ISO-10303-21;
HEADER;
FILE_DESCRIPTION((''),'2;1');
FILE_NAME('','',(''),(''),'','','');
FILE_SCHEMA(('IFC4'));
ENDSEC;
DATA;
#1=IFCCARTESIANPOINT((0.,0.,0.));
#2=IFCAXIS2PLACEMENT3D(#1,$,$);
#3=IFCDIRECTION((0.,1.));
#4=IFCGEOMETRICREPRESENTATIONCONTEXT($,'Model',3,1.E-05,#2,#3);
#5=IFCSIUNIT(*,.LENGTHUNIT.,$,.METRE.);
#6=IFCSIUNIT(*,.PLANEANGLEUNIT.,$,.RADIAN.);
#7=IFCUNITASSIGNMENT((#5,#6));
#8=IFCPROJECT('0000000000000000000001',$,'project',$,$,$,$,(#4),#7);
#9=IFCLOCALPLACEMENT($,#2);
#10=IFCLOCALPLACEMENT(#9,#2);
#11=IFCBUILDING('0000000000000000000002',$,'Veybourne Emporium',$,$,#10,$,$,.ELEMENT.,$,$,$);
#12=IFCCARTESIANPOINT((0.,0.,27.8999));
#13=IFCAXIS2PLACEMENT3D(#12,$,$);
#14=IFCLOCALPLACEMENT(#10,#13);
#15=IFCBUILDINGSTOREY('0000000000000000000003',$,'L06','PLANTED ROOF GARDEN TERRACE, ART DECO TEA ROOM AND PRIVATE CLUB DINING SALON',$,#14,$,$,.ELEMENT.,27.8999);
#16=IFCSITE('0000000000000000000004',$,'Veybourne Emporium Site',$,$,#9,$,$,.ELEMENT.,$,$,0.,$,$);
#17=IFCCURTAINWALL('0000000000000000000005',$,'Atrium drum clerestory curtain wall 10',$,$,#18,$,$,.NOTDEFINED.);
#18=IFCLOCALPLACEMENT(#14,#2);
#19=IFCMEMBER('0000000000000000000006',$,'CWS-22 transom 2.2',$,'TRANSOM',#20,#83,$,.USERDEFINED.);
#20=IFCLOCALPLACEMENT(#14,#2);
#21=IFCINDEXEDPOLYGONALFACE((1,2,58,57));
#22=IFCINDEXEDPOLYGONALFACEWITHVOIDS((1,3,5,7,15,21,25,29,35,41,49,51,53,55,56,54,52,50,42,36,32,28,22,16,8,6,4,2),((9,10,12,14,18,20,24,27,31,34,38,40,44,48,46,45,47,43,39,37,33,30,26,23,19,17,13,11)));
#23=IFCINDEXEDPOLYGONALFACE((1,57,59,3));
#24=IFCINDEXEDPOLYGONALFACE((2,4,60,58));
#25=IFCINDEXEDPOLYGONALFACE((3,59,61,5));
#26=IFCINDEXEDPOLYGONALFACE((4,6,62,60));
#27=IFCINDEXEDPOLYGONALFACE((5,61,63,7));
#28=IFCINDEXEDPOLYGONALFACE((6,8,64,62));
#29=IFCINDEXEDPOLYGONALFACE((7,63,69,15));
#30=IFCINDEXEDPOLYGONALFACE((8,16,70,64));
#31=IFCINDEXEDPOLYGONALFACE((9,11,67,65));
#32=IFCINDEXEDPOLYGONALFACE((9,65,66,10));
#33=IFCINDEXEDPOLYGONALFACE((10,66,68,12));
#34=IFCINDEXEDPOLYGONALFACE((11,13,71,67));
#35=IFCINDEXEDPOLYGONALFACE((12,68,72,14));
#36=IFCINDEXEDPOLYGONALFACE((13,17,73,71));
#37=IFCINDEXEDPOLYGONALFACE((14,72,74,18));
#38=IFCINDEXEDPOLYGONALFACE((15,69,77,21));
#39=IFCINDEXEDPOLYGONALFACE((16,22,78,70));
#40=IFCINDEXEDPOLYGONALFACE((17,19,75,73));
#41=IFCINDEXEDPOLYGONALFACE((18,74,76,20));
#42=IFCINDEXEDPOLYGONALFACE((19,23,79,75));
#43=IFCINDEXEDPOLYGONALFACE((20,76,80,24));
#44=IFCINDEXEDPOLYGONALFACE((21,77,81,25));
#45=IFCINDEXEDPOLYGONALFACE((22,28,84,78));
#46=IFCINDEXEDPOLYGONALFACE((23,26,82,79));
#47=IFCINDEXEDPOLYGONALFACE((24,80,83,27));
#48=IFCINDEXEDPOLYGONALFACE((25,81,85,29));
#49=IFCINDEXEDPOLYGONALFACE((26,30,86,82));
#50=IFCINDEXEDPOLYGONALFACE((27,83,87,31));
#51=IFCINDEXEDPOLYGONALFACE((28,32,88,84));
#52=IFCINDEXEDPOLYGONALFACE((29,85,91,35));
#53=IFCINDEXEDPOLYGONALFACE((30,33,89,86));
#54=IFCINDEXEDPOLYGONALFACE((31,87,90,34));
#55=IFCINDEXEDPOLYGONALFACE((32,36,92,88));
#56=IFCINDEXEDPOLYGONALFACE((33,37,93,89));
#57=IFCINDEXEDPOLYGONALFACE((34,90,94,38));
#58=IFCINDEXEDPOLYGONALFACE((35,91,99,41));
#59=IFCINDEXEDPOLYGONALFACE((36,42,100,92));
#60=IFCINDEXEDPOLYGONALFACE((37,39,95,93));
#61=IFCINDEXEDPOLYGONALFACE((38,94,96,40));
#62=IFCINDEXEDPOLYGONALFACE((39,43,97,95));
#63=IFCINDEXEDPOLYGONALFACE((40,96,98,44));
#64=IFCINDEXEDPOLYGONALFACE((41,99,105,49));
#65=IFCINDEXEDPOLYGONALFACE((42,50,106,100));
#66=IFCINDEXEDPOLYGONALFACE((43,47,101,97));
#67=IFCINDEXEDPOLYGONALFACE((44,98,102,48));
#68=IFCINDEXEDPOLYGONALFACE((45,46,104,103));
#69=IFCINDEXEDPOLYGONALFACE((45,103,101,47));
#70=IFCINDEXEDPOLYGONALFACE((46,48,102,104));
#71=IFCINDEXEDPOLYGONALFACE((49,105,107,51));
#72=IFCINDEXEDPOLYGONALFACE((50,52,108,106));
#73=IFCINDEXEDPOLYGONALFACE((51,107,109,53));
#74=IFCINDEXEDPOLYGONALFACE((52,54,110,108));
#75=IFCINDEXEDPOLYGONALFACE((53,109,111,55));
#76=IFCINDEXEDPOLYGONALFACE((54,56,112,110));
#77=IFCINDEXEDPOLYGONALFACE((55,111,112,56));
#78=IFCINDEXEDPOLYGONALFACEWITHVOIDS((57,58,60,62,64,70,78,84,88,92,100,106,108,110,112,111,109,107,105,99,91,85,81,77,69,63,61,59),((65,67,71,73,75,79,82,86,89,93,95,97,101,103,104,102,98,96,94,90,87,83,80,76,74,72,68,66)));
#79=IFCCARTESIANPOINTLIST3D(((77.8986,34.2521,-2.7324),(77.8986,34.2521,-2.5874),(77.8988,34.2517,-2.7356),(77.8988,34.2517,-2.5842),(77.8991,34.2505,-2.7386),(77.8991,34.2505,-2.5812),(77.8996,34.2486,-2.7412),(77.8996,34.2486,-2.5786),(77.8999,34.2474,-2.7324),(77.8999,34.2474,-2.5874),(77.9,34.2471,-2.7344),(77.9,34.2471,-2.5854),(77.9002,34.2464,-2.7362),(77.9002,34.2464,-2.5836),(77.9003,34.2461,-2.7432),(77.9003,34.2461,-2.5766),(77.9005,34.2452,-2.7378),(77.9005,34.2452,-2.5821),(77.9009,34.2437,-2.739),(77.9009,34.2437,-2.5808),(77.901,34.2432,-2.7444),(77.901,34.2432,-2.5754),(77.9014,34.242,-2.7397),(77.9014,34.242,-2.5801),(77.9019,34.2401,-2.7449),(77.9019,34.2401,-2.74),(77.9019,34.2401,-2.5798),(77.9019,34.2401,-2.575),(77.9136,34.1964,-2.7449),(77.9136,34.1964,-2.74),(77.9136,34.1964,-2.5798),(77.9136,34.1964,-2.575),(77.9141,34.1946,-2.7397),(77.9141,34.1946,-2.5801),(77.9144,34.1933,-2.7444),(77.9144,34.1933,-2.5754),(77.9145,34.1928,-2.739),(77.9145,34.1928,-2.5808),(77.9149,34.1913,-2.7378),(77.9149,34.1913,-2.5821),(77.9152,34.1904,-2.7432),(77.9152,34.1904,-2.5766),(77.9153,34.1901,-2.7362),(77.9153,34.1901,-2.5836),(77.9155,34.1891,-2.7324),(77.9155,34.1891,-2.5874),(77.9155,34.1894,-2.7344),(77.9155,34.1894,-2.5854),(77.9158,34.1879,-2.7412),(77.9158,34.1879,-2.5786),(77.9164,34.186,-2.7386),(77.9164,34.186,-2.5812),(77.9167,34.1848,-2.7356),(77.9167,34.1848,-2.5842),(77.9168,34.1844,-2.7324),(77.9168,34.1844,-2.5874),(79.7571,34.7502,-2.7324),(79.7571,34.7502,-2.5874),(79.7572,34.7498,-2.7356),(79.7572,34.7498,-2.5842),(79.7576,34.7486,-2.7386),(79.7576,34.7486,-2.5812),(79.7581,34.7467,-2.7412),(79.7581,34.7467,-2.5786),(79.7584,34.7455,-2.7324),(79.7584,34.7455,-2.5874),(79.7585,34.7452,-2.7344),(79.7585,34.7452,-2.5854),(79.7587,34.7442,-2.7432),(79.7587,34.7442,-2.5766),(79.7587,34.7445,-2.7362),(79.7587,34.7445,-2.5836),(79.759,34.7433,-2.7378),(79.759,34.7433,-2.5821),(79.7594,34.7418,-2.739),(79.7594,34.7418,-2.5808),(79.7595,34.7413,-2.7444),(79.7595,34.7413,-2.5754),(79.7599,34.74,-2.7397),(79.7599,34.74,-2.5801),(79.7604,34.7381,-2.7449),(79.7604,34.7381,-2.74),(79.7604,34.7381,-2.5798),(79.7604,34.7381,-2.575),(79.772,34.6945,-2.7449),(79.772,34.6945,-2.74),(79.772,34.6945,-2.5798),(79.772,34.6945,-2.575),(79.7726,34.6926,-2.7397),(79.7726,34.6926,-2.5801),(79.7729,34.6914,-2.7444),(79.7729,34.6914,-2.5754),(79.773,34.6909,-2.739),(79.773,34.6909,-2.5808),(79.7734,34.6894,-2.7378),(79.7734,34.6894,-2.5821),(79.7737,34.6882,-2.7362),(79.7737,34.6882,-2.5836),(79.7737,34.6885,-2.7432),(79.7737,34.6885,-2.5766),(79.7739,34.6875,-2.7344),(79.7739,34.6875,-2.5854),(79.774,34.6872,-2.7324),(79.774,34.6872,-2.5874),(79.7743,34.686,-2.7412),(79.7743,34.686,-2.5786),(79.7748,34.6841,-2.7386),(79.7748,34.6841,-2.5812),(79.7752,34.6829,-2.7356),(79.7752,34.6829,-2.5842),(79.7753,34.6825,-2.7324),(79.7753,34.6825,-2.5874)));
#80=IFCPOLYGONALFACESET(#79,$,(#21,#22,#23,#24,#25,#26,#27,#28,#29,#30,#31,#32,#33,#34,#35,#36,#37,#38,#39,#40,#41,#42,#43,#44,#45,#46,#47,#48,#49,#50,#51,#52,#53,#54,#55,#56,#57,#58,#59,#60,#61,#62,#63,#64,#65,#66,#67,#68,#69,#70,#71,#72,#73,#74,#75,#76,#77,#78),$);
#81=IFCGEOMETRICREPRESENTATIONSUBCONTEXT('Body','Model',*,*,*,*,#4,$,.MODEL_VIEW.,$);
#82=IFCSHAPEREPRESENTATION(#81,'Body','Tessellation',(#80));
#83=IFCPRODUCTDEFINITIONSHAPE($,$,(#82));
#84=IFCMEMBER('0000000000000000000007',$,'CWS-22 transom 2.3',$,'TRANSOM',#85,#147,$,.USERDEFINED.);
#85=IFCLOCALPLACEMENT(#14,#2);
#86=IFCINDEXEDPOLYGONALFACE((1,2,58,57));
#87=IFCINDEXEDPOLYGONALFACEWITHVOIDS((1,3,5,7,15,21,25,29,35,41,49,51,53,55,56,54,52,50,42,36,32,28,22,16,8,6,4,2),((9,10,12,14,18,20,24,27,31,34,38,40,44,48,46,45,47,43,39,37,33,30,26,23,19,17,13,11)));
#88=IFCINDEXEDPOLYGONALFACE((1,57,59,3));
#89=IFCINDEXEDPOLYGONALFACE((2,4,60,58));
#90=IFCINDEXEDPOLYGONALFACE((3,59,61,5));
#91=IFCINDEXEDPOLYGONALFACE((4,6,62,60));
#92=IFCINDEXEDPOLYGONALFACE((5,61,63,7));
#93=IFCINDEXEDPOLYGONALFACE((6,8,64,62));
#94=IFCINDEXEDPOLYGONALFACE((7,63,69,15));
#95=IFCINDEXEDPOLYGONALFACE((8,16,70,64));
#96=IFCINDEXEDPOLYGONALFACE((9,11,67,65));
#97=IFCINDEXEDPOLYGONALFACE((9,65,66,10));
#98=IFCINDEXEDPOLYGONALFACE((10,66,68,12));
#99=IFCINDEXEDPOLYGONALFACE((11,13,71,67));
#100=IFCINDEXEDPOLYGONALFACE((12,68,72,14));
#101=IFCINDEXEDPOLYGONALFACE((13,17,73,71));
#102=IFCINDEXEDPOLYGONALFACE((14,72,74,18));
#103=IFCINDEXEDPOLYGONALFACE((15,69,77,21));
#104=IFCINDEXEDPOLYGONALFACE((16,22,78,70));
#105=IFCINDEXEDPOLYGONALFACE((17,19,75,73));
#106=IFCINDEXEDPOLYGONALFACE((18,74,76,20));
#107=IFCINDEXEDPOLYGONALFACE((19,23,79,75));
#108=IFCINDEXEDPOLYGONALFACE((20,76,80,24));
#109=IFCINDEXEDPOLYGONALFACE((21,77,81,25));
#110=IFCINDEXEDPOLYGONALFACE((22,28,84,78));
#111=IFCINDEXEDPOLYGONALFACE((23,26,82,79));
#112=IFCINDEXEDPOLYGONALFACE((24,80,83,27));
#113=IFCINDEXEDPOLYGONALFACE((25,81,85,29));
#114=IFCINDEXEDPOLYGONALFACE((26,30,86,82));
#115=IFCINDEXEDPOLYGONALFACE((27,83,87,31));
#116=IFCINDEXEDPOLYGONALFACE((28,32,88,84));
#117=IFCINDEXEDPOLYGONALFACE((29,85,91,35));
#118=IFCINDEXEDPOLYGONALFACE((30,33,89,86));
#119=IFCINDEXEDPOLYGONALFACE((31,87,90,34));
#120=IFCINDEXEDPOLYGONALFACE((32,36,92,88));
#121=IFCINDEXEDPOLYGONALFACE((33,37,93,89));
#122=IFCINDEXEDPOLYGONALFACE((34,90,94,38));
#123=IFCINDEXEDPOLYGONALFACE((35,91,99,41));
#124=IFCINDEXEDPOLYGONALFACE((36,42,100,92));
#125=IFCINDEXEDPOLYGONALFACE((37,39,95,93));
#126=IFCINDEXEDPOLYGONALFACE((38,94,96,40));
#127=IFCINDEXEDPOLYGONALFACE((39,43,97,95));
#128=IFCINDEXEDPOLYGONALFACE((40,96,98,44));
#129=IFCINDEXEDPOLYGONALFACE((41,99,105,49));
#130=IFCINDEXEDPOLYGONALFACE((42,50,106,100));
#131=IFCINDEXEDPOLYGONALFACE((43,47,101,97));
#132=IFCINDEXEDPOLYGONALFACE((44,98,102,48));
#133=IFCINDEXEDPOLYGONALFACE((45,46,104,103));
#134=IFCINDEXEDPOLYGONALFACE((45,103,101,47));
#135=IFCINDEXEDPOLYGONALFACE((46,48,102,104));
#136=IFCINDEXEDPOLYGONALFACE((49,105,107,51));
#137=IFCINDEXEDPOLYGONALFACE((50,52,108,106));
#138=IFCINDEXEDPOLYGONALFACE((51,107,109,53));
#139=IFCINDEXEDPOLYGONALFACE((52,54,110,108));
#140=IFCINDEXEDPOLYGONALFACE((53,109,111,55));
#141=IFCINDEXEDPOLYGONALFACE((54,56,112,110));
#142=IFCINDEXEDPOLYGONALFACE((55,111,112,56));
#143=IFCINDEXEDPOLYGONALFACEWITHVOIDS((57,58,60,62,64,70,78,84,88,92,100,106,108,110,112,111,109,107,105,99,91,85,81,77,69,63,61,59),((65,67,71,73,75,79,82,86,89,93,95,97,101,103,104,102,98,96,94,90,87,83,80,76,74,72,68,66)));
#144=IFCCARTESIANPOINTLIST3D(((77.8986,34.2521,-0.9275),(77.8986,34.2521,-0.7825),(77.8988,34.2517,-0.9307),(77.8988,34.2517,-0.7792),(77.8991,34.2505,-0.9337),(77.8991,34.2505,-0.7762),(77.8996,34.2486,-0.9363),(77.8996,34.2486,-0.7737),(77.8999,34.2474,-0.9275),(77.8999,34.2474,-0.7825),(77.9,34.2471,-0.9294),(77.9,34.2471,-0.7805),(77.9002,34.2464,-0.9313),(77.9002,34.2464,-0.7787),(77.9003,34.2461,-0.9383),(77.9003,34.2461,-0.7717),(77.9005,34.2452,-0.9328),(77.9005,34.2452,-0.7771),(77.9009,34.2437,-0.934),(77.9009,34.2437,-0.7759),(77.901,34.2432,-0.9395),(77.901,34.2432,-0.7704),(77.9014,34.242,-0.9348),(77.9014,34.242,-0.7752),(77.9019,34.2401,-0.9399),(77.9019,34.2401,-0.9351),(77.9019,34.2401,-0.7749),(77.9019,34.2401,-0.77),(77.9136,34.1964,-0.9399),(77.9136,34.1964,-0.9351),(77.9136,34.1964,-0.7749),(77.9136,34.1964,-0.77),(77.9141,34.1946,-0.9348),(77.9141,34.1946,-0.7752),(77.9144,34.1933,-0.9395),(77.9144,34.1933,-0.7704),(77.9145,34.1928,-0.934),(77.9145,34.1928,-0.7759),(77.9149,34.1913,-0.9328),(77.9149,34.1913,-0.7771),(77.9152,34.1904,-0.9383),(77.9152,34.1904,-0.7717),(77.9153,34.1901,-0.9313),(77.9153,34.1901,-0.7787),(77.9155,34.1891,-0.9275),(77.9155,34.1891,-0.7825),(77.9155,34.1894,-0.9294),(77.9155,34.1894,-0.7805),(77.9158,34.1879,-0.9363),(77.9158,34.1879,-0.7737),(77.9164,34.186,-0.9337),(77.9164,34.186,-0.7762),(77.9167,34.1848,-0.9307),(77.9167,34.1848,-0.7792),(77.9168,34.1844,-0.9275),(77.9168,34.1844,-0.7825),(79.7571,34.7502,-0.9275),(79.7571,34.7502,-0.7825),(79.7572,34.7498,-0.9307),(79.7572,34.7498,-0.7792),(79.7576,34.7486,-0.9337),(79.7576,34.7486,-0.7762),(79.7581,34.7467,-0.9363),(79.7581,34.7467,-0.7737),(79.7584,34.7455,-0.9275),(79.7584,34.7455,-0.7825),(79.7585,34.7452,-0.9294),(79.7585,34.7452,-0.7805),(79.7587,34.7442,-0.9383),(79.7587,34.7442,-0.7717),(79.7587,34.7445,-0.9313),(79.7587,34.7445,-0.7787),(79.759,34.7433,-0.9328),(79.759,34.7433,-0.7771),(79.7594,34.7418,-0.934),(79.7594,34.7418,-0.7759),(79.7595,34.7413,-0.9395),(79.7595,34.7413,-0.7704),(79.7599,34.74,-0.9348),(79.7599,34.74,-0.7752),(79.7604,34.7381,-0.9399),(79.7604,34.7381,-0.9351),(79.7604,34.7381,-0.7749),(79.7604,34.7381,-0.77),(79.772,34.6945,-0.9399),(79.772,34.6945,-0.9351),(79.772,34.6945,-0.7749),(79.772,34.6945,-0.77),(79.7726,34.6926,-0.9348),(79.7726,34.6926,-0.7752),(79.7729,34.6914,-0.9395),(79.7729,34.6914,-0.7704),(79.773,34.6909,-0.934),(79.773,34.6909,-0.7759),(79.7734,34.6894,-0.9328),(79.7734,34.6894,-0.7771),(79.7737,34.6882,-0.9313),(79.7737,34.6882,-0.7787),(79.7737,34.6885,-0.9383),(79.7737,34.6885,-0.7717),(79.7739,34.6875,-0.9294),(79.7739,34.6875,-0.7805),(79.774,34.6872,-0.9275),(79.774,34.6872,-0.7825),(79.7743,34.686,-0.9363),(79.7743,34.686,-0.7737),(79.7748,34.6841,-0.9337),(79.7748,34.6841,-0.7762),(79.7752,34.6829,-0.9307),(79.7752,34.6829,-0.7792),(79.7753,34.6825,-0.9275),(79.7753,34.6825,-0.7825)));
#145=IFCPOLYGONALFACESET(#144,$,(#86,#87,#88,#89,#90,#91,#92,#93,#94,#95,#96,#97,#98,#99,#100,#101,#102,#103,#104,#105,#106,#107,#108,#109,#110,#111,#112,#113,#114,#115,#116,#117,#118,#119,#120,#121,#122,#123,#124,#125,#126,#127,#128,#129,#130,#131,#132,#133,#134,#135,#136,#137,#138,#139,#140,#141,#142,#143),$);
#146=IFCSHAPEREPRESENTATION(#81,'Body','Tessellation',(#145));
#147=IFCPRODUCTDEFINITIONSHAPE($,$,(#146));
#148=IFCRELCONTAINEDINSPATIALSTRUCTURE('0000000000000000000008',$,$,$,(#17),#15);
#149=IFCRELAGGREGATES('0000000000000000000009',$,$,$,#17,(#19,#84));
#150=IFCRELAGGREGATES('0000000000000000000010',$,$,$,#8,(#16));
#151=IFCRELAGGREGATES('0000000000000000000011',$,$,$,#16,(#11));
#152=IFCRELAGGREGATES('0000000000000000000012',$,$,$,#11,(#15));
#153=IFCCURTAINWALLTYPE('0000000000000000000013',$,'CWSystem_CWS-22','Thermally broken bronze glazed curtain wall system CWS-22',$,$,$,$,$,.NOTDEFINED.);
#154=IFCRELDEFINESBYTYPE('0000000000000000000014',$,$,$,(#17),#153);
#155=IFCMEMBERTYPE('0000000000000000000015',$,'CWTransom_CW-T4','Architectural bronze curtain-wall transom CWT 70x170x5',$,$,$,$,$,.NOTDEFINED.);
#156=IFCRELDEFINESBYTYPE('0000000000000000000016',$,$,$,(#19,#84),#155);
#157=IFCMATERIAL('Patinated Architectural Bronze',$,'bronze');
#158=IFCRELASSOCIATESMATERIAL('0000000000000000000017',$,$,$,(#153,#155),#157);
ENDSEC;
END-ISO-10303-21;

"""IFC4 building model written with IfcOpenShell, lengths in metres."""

from ifc_helpers import new_model, si_unit, direction, frame, origin, origin_2d, place, context, subcontext, project, spatial, hollow_rectangle, extrude, material, material_profile, profile_set, type_object, element, aggregate, save


model = new_model("IFC4")

# Units and contexts
model_context = context("Model", 3, precision=1e-05, world=origin(), true_north=direction((0.0, 1.0)))
body_context = subcontext(model_context, "Body", "Model", "MODEL_VIEW")
ifc_project = project(units=[si_unit("LENGTHUNIT", "METRE"), si_unit("PLANEANGLEUNIT", "RADIAN")], contexts=[model_context])

# Site, building, storey
site_placement = place(None, origin())
site = spatial("IfcSite", under=ifc_project, at=site_placement, Name="Veybourne Emporium Site", CompositionType="ELEMENT", RefElevation=0.0)
building_placement = place(site_placement, origin())
building = spatial("IfcBuilding", under=site, at=building_placement, Name="Veybourne Emporium", CompositionType="ELEMENT")
storey_placement = place(building_placement, frame((0.0, 0.0, 27.8999)))
storey = spatial("IfcBuildingStorey", under=building, at=storey_placement, Name="L06", Description="PLANTED ROOF GARDEN TERRACE, ART DECO TEA ROOM AND PRIVATE CLUB DINING SALON", CompositionType="ELEMENT", Elevation=27.8999)

# Shared definitions
ifc_material_1 = material(Name="Patinated Architectural Bronze", Category="bronze")

# Curtain wall
curtain_wall_type_1 = type_object("IfcCurtainWallType", Name="CWSystem_CWS-22", Description="Thermally broken bronze glazed curtain wall system CWS-22", PredefinedType="NOTDEFINED", material=ifc_material_1)
curtain_wall_1_placement = place(storey_placement, origin())
curtain_wall_1 = element("IfcCurtainWall", 1, at=curtain_wall_1_placement, inside=storey, type_object=curtain_wall_type_1, Name="Atrium drum clerestory curtain wall 10", PredefinedType="NOTDEFINED")

# Members
ifc_material_profile_1 = material_profile(ifc_material_1, hollow_rectangle(XDim=0.0701, YDim=0.1699, WallThickness=0.0049, InnerFilletRadius=0.0076, OuterFilletRadius=0.0125, at=origin_2d()), Name="CWT 70x170x5")
ifc_profile_set_1 = profile_set([ifc_material_profile_1], Name="Patinated Architectural Bronze")
member_type_1 = type_object("IfcMemberType", Name="CWTransom_CW-T4", Description="Architectural bronze curtain-wall transom CWT 70x170x5", PredefinedType="NOTDEFINED", material=ifc_profile_set_1)
member_1_placement = place(storey_placement, frame((77.9077, 34.2183, -2.6599), z_axis=(0.965914, 0.258863, 0.0), x_axis=(-0.258863, 0.965914, 0.0)))
member_1 = element("IfcMember", 2, at=member_1_placement, type_object=member_type_1, Name="CWS-22 transom 2.2", ObjectType="TRANSOM", PredefinedType="USERDEFINED", context=body_context, shape_type="SweptSolid", body=[
    extrude(hollow_rectangle(XDim=0.0701, YDim=0.1699, WallThickness=0.0049, InnerFilletRadius=0.0076, OuterFilletRadius=0.0125, at=origin_2d()), origin(), (0.0, 0.0, 1.0), 1.9241),
])
member_2_placement = place(storey_placement, frame((77.9077, 34.2183, -0.855), z_axis=(0.965914, 0.258863, 0.0), x_axis=(-0.258863, 0.965914, 0.0)))
member_2 = element("IfcMember", 3, at=member_2_placement, type_object=member_type_1, Name="CWS-22 transom 2.3", ObjectType="TRANSOM", PredefinedType="USERDEFINED", context=body_context, shape_type="SweptSolid", body=[
    extrude(hollow_rectangle(XDim=0.0701, YDim=0.1699, WallThickness=0.0049, InnerFilletRadius=0.0076, OuterFilletRadius=0.0125, at=origin_2d()), origin(), (0.0, 0.0, 1.0), 1.9241),
])

aggregate(curtain_wall_1, [member_1, member_2])

save(model, "model.ifc")
